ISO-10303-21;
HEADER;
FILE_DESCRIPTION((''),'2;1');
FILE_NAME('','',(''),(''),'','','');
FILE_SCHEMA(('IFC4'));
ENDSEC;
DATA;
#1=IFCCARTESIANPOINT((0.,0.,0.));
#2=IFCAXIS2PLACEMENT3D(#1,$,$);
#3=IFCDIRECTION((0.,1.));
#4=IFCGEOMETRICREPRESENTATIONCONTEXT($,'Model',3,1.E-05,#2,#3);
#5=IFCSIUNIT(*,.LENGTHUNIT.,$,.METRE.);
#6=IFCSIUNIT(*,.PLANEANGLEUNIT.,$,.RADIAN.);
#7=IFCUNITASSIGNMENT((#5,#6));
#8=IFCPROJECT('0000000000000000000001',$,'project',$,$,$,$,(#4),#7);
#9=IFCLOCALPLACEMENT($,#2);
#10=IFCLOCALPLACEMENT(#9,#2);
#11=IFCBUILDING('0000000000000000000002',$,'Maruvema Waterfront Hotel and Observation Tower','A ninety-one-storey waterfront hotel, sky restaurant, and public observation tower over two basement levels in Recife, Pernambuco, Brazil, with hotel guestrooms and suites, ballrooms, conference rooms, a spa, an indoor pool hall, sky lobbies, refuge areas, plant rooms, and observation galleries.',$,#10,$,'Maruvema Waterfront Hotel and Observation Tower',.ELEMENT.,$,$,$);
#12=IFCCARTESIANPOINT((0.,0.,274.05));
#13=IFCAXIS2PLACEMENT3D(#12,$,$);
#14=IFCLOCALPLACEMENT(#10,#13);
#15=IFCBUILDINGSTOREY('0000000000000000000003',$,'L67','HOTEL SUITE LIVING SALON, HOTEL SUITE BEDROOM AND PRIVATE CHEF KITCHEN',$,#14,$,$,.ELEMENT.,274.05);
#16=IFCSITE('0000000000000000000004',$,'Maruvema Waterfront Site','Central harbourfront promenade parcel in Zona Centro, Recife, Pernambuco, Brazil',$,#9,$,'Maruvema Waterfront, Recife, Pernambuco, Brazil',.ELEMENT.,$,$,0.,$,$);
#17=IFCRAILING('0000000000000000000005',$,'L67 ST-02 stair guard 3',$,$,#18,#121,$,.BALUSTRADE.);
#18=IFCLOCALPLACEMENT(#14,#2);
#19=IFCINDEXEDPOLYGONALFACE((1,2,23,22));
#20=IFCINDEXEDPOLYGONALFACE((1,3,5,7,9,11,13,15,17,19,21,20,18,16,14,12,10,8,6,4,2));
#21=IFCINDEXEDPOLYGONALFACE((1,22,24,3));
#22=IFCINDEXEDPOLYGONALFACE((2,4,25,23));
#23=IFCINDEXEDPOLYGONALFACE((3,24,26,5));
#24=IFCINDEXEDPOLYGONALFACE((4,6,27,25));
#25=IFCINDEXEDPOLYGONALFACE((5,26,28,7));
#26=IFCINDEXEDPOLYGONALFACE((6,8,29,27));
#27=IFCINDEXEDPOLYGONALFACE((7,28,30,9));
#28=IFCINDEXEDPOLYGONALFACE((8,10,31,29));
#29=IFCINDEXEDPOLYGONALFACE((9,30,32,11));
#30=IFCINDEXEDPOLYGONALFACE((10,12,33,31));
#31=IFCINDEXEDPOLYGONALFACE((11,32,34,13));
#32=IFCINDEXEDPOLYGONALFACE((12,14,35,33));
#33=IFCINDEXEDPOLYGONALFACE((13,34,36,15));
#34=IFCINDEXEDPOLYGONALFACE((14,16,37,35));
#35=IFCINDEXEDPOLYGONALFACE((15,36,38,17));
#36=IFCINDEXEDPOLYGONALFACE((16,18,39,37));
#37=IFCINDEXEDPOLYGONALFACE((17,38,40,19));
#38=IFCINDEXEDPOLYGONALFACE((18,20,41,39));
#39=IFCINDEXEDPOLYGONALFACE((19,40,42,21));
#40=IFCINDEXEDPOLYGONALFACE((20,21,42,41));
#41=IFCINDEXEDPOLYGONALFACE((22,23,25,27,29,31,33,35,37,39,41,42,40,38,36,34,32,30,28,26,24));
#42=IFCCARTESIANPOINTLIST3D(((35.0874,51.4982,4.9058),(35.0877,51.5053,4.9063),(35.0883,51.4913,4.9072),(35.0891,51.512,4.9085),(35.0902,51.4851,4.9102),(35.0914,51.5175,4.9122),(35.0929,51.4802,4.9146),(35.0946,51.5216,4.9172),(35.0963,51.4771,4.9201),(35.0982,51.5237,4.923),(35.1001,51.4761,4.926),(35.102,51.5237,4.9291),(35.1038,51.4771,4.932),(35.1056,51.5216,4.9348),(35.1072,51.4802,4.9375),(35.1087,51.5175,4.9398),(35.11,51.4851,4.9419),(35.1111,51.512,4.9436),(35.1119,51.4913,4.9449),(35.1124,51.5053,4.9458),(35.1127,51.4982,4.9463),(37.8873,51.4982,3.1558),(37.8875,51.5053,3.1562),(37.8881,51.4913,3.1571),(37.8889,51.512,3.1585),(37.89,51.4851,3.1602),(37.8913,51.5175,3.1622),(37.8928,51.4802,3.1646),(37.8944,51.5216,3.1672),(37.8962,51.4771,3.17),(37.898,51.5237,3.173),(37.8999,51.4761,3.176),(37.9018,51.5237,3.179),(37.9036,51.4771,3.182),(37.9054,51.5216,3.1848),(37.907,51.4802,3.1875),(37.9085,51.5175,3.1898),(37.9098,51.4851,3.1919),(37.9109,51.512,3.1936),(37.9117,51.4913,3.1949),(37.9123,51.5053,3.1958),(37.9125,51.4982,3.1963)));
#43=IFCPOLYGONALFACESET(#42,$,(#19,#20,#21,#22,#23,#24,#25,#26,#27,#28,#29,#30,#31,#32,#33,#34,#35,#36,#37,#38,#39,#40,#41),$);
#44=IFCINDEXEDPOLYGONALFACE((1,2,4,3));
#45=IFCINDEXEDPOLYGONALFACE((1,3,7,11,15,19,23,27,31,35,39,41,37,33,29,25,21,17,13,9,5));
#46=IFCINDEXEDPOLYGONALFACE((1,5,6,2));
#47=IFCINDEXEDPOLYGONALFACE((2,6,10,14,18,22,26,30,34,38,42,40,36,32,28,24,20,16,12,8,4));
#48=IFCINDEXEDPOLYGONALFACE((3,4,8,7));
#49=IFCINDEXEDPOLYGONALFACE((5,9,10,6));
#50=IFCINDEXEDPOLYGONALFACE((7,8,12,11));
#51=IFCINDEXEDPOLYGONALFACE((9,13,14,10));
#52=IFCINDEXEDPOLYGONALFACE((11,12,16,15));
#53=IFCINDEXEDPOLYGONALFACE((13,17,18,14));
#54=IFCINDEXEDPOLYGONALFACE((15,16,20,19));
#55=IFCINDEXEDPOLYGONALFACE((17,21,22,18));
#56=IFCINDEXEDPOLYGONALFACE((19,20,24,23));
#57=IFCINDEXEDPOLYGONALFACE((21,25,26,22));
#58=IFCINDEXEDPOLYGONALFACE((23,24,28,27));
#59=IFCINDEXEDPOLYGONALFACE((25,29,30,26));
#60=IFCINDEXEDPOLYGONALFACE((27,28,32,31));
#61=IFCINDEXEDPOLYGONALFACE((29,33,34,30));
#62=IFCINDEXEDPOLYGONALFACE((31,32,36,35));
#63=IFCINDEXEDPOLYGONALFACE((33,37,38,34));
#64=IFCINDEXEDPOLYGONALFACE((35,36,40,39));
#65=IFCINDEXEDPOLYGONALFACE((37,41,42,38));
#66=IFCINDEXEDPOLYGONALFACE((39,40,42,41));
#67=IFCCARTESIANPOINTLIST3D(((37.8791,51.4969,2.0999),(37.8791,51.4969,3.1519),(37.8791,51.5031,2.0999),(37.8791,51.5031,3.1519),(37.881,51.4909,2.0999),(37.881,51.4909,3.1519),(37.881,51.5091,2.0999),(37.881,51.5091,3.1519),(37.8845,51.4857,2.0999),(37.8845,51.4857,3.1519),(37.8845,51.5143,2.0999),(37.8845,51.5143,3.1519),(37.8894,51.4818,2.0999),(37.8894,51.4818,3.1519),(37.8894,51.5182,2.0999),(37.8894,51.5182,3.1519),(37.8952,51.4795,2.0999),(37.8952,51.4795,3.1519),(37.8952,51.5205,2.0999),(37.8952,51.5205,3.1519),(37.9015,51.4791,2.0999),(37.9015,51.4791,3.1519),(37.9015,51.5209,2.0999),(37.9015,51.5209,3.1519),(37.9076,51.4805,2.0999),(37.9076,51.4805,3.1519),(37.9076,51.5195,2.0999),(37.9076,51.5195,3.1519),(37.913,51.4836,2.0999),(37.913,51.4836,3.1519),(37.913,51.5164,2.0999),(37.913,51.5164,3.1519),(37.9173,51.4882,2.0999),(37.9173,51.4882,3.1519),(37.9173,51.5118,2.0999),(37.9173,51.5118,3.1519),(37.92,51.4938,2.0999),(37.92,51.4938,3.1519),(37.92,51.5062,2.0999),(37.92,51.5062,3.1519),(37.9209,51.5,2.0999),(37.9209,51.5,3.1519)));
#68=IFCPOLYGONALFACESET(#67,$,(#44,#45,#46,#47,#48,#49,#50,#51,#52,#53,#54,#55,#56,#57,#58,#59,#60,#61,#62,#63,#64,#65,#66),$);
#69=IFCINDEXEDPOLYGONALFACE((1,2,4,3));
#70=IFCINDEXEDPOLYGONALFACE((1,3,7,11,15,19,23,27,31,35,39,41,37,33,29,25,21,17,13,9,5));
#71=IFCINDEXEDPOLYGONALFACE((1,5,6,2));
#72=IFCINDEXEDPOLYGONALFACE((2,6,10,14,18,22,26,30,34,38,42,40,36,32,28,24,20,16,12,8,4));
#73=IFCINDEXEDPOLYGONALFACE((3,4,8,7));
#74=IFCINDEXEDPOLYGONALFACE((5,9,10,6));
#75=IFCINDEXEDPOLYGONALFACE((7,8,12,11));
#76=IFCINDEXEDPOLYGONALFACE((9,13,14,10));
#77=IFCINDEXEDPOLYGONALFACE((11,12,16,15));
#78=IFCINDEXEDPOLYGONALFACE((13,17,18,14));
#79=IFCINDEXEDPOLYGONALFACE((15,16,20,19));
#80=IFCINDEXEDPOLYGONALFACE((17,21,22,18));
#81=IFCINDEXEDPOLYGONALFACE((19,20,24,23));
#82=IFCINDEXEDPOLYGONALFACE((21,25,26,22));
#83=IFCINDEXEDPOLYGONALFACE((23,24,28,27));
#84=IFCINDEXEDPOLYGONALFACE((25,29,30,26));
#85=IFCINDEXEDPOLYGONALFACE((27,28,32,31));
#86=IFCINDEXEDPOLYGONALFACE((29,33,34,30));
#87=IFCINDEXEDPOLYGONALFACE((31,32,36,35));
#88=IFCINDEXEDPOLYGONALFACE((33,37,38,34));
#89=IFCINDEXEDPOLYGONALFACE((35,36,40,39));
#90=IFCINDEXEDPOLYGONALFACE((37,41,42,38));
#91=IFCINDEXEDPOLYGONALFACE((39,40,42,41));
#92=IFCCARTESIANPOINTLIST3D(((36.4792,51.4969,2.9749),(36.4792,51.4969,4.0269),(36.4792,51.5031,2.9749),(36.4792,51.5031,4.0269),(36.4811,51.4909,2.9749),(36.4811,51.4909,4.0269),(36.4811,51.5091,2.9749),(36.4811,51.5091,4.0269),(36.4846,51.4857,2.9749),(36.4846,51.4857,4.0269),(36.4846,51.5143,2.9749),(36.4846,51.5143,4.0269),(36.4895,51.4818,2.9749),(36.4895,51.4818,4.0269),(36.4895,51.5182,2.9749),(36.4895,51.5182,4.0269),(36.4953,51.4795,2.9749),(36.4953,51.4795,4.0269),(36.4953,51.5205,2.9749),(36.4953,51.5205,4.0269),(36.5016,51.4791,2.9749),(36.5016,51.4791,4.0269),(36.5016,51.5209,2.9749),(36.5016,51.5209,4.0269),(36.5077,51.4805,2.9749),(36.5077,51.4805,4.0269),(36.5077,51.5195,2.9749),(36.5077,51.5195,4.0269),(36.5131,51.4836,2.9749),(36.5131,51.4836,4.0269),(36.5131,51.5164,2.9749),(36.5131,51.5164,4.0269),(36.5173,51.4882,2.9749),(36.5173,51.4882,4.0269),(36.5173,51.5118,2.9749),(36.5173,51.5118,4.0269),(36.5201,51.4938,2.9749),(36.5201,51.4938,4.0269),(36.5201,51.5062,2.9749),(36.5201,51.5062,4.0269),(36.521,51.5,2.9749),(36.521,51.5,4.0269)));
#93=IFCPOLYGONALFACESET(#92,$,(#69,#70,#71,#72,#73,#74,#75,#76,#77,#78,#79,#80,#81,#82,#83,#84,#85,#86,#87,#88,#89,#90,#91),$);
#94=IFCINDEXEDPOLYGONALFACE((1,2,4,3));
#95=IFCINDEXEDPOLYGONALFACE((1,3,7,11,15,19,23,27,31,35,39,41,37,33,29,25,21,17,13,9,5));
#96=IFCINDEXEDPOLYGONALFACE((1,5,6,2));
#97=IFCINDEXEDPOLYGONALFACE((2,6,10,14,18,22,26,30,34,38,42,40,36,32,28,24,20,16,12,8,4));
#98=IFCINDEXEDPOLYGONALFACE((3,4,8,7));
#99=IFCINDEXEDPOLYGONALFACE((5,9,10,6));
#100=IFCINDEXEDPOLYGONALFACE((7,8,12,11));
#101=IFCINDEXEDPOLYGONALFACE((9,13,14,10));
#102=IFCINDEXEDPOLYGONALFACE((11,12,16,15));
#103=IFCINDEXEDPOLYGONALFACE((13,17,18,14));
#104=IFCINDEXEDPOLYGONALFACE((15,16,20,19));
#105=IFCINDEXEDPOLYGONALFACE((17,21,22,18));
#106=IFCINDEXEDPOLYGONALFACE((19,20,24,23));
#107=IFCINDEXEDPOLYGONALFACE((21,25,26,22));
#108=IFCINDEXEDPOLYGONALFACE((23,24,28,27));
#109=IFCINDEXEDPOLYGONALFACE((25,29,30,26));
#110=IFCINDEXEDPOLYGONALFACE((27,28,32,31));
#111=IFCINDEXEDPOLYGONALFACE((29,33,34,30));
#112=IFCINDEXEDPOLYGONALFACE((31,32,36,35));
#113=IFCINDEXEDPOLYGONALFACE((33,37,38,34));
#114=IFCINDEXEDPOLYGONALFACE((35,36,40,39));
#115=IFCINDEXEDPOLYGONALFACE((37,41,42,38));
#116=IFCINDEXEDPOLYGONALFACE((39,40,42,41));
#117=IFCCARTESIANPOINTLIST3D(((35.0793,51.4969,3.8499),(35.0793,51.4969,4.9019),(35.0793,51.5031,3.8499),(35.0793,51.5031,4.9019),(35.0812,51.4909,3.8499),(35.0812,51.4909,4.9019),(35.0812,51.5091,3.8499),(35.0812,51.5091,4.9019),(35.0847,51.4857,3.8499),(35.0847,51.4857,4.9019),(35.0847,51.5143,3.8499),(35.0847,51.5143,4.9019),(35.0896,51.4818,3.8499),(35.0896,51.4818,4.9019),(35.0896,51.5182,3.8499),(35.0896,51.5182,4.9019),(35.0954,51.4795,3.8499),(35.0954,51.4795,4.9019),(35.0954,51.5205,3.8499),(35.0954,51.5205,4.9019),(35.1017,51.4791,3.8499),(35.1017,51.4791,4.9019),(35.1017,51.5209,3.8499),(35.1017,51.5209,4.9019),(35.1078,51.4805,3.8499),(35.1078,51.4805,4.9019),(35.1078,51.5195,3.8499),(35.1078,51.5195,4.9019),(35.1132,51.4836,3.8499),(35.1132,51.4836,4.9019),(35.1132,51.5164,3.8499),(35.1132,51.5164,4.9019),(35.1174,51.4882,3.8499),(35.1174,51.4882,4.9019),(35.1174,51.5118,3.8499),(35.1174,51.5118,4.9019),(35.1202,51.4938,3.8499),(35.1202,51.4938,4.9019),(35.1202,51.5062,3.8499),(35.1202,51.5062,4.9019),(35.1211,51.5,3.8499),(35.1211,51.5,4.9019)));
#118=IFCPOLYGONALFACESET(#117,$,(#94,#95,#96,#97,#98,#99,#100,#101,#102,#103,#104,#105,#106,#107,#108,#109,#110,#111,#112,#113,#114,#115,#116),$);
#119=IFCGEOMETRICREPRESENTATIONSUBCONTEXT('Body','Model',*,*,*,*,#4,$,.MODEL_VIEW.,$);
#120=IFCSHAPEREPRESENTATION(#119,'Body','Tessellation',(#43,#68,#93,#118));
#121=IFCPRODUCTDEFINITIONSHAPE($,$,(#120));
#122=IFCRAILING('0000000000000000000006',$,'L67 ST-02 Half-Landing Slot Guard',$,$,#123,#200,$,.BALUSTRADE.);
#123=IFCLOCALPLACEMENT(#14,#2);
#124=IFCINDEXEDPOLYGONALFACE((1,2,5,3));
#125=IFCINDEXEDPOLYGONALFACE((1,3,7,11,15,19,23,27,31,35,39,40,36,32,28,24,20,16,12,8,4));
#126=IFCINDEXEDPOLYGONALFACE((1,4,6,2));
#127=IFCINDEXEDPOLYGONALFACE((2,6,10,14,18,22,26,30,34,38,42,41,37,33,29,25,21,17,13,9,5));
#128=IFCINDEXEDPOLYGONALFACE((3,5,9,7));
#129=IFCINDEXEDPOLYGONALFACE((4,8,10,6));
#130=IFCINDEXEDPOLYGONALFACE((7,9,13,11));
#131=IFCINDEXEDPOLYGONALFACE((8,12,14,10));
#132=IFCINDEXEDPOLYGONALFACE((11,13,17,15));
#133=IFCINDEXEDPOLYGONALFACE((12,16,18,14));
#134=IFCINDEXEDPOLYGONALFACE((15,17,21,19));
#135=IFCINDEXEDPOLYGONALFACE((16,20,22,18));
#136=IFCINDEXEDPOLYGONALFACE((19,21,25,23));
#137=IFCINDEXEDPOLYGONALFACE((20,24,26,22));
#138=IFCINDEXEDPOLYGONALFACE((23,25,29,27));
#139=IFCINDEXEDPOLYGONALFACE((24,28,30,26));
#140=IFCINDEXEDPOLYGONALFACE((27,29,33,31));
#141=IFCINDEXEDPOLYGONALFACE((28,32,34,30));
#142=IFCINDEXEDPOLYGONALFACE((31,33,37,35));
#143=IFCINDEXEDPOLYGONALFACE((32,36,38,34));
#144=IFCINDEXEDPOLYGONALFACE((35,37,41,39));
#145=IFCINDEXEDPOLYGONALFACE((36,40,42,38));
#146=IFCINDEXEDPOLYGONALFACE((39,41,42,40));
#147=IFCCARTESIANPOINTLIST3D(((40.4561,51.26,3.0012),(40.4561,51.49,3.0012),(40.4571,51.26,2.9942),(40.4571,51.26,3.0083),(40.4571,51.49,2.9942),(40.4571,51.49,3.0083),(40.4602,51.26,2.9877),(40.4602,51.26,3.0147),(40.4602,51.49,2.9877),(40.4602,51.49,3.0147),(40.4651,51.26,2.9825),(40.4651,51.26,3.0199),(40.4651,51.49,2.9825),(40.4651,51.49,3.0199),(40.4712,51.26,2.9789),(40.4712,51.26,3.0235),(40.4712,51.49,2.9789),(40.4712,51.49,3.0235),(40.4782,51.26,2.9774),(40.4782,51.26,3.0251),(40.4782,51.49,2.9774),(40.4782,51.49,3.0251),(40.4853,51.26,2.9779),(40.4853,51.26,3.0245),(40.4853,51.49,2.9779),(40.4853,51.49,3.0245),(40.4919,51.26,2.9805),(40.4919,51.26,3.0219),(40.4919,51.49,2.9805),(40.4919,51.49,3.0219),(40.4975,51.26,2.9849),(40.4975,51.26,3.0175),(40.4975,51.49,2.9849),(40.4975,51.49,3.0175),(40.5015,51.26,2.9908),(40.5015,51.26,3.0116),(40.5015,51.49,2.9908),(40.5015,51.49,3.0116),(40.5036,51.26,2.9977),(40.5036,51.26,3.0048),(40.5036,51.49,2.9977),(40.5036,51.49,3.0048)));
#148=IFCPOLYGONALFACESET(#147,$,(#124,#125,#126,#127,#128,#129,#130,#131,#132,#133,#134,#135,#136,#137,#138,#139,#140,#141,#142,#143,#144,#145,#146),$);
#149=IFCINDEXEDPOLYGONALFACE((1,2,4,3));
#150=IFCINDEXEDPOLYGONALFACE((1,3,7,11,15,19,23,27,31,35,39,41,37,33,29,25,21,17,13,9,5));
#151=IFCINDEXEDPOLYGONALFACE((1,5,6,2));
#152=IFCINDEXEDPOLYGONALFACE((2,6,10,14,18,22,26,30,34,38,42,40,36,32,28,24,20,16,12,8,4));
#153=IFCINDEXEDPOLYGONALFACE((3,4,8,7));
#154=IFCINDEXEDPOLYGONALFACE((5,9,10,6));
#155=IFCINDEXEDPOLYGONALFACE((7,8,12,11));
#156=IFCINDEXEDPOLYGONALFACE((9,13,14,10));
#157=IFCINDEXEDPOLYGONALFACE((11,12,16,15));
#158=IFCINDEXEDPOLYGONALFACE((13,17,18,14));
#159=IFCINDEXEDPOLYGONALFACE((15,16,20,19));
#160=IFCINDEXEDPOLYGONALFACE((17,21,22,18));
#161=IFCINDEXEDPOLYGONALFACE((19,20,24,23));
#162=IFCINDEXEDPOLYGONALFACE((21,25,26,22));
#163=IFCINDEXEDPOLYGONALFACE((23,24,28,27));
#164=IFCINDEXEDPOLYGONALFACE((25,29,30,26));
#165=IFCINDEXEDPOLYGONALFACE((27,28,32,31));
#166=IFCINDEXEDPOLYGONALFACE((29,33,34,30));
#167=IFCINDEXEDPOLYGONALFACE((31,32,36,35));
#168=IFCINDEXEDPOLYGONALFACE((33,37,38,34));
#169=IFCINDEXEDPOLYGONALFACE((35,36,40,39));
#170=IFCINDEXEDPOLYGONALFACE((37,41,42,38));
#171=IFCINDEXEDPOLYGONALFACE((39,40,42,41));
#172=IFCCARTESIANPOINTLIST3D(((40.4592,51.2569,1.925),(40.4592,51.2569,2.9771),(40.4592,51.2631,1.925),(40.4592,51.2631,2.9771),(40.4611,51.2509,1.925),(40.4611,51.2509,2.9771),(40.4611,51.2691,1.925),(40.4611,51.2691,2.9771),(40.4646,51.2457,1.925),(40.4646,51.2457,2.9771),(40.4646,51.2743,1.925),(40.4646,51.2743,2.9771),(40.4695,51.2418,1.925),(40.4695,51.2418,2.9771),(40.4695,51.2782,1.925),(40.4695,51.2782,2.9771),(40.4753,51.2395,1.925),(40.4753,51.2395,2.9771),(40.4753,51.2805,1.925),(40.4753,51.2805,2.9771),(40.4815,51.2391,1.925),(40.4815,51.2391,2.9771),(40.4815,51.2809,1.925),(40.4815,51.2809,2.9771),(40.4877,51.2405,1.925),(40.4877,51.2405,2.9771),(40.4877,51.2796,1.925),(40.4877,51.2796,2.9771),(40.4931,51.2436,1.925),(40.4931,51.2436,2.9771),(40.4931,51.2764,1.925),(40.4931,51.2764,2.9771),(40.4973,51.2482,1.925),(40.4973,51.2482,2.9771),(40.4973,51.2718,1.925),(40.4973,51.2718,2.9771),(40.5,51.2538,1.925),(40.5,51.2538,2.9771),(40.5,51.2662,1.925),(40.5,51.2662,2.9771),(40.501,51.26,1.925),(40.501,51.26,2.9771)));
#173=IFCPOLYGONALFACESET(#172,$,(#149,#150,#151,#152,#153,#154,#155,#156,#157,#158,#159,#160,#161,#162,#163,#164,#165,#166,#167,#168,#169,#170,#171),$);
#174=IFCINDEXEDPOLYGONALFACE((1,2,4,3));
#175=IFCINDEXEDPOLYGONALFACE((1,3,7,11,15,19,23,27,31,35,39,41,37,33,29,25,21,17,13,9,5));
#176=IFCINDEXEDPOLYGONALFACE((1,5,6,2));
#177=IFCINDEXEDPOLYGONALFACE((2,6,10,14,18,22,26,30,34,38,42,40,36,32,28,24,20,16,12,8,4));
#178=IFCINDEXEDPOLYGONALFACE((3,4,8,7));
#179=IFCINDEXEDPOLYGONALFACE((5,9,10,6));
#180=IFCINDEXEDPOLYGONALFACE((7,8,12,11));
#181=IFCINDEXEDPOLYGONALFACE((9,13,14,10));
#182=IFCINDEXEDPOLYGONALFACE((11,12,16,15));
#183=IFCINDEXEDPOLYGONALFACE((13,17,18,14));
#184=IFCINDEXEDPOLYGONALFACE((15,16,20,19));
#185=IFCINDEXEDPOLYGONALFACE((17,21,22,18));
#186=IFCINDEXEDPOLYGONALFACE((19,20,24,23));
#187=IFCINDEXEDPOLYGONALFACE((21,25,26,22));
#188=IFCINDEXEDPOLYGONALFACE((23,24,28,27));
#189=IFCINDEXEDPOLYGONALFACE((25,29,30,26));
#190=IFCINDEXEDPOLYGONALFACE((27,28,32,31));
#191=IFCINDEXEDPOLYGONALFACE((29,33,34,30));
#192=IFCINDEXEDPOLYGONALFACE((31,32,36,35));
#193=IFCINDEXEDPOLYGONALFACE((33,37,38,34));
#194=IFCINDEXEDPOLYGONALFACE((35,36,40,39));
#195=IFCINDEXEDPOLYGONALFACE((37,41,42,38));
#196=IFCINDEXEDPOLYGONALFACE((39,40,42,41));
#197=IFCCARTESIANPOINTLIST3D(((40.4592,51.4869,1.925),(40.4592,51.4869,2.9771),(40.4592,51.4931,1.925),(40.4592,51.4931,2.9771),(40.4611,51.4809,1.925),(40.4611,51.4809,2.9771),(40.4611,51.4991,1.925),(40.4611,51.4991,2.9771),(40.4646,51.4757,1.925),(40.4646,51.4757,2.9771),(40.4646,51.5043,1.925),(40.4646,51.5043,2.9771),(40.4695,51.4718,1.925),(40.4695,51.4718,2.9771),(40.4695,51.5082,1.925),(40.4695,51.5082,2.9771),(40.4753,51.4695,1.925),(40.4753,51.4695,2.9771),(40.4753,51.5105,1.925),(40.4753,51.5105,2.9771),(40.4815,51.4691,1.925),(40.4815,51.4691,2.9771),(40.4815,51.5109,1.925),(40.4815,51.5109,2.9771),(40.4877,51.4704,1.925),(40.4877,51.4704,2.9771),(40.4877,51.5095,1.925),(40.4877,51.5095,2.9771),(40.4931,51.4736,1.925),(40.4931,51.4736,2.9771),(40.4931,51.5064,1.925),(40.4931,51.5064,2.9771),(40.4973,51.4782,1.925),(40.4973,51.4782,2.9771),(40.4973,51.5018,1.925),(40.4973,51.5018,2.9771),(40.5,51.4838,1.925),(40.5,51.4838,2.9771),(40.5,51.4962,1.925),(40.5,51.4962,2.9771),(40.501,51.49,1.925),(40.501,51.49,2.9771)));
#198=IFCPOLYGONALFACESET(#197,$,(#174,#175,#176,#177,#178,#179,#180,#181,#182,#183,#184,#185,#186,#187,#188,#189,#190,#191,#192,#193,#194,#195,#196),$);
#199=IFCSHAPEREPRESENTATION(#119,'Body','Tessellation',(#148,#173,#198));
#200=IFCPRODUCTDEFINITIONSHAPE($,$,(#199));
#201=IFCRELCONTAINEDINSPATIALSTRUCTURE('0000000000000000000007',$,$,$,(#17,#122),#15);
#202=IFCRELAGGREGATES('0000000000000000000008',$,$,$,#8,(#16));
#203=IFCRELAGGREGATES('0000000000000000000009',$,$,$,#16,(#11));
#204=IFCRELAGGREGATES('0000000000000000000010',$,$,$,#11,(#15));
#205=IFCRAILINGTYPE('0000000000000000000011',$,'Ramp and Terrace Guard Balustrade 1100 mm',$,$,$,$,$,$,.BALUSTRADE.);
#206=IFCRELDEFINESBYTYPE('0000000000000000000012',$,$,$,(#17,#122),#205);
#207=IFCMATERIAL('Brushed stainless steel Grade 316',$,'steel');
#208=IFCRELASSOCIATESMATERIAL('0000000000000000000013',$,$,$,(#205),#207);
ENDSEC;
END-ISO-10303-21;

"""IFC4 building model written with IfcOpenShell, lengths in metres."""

from ifc_helpers import new_model, si_unit, direction, frame, origin, origin_2d, place, context, subcontext, project, spatial, circle, extrude, material, type_object, element, save


model = new_model("IFC4")

# Units and contexts
model_context = context("Model", 3, precision=1e-05, world=origin(), true_north=direction((0.0, 1.0)))
body_context = subcontext(model_context, "Body", "Model", "MODEL_VIEW")
ifc_project = project(units=[si_unit("LENGTHUNIT", "METRE"), si_unit("PLANEANGLEUNIT", "RADIAN")], contexts=[model_context])

# Site, building, storey
site_placement = place(None, origin())
site = spatial("IfcSite", under=ifc_project, at=site_placement, Name="Maruvema Waterfront Site", Description="Central harbourfront promenade parcel in Zona Centro, Recife, Pernambuco, Brazil", LongName="Maruvema Waterfront, Recife, Pernambuco, Brazil", CompositionType="ELEMENT", RefElevation=0.0)
building_placement = place(site_placement, origin())
building = spatial("IfcBuilding", under=site, at=building_placement, Name="Maruvema Waterfront Hotel and Observation Tower", Description="A ninety-one-storey waterfront hotel, sky restaurant, and public observation tower over two basement levels in Recife, Pernambuco, Brazil, with hotel guestrooms and suites, ballrooms, conference rooms, a spa, an indoor pool hall, sky lobbies, refuge areas, plant rooms, and observation galleries.", LongName="Maruvema Waterfront Hotel and Observation Tower", CompositionType="ELEMENT")
storey_placement = place(building_placement, frame((0.0, 0.0, 274.05)))
storey = spatial("IfcBuildingStorey", under=building, at=storey_placement, Name="L67", Description="HOTEL SUITE LIVING SALON, HOTEL SUITE BEDROOM AND PRIVATE CHEF KITCHEN", CompositionType="ELEMENT", Elevation=274.05)

# Railings
ifc_material_1 = material(Name="Brushed stainless steel Grade 316", Category="steel")
railing_type_1 = type_object("IfcRailingType", Name="Ramp and Terrace Guard Balustrade 1100 mm", PredefinedType="BALUSTRADE", material=ifc_material_1)
railing_1_placement = place(storey_placement, frame((37.8999, 51.5, 2.0999)))
element("IfcRailing", 1, at=railing_1_placement, inside=storey, type_object=railing_type_1, Name="L67 ST-02 stair guard 3", PredefinedType="BALUSTRADE", context=body_context, shape_type="SweptSolid", body=[
    extrude(circle(Radius=0.0239, at=origin_2d()), frame((0.0, 0.0, 1.0762), z_axis=(-0.847982, 0.0, 0.530026), x_axis=(0.0, -1.0, 0.0)), (0.0, 0.0, 1.0), 3.3018),
    extrude(circle(Radius=0.021, at=origin_2d()), origin(), (0.0, 0.0, 1.0), 1.052),
    extrude(circle(Radius=0.021, at=origin_2d()), frame((-1.3999, 0.0, 0.875)), (0.0, 0.0, 1.0), 1.052),
    extrude(circle(Radius=0.021, at=origin_2d()), frame((-2.7998, 0.0, 1.75)), (0.0, 0.0, 1.0), 1.052),
])
railing_2_placement = place(storey_placement, frame((40.48, 51.26, 1.925)))
element("IfcRailing", 2, at=railing_2_placement, inside=storey, type_object=railing_type_1, Name="L67 ST-02 Half-Landing Slot Guard", PredefinedType="BALUSTRADE", context=body_context, shape_type="SweptSolid", body=[
    extrude(circle(Radius=0.0239, at=origin_2d()), frame((0.0, 0.0, 1.0762), z_axis=(0.0, 1.0, 0.0), x_axis=(-1.0, 0.0, 0.0)), (0.0, 0.0, 1.0), 0.23),
    extrude(circle(Radius=0.021, at=origin_2d()), origin(), (0.0, 0.0, 1.0), 1.052),
    extrude(circle(Radius=0.021, at=origin_2d()), frame((0.0, 0.23, 0.0)), (0.0, 0.0, 1.0), 1.052),
])

save(model, "model.ifc")
